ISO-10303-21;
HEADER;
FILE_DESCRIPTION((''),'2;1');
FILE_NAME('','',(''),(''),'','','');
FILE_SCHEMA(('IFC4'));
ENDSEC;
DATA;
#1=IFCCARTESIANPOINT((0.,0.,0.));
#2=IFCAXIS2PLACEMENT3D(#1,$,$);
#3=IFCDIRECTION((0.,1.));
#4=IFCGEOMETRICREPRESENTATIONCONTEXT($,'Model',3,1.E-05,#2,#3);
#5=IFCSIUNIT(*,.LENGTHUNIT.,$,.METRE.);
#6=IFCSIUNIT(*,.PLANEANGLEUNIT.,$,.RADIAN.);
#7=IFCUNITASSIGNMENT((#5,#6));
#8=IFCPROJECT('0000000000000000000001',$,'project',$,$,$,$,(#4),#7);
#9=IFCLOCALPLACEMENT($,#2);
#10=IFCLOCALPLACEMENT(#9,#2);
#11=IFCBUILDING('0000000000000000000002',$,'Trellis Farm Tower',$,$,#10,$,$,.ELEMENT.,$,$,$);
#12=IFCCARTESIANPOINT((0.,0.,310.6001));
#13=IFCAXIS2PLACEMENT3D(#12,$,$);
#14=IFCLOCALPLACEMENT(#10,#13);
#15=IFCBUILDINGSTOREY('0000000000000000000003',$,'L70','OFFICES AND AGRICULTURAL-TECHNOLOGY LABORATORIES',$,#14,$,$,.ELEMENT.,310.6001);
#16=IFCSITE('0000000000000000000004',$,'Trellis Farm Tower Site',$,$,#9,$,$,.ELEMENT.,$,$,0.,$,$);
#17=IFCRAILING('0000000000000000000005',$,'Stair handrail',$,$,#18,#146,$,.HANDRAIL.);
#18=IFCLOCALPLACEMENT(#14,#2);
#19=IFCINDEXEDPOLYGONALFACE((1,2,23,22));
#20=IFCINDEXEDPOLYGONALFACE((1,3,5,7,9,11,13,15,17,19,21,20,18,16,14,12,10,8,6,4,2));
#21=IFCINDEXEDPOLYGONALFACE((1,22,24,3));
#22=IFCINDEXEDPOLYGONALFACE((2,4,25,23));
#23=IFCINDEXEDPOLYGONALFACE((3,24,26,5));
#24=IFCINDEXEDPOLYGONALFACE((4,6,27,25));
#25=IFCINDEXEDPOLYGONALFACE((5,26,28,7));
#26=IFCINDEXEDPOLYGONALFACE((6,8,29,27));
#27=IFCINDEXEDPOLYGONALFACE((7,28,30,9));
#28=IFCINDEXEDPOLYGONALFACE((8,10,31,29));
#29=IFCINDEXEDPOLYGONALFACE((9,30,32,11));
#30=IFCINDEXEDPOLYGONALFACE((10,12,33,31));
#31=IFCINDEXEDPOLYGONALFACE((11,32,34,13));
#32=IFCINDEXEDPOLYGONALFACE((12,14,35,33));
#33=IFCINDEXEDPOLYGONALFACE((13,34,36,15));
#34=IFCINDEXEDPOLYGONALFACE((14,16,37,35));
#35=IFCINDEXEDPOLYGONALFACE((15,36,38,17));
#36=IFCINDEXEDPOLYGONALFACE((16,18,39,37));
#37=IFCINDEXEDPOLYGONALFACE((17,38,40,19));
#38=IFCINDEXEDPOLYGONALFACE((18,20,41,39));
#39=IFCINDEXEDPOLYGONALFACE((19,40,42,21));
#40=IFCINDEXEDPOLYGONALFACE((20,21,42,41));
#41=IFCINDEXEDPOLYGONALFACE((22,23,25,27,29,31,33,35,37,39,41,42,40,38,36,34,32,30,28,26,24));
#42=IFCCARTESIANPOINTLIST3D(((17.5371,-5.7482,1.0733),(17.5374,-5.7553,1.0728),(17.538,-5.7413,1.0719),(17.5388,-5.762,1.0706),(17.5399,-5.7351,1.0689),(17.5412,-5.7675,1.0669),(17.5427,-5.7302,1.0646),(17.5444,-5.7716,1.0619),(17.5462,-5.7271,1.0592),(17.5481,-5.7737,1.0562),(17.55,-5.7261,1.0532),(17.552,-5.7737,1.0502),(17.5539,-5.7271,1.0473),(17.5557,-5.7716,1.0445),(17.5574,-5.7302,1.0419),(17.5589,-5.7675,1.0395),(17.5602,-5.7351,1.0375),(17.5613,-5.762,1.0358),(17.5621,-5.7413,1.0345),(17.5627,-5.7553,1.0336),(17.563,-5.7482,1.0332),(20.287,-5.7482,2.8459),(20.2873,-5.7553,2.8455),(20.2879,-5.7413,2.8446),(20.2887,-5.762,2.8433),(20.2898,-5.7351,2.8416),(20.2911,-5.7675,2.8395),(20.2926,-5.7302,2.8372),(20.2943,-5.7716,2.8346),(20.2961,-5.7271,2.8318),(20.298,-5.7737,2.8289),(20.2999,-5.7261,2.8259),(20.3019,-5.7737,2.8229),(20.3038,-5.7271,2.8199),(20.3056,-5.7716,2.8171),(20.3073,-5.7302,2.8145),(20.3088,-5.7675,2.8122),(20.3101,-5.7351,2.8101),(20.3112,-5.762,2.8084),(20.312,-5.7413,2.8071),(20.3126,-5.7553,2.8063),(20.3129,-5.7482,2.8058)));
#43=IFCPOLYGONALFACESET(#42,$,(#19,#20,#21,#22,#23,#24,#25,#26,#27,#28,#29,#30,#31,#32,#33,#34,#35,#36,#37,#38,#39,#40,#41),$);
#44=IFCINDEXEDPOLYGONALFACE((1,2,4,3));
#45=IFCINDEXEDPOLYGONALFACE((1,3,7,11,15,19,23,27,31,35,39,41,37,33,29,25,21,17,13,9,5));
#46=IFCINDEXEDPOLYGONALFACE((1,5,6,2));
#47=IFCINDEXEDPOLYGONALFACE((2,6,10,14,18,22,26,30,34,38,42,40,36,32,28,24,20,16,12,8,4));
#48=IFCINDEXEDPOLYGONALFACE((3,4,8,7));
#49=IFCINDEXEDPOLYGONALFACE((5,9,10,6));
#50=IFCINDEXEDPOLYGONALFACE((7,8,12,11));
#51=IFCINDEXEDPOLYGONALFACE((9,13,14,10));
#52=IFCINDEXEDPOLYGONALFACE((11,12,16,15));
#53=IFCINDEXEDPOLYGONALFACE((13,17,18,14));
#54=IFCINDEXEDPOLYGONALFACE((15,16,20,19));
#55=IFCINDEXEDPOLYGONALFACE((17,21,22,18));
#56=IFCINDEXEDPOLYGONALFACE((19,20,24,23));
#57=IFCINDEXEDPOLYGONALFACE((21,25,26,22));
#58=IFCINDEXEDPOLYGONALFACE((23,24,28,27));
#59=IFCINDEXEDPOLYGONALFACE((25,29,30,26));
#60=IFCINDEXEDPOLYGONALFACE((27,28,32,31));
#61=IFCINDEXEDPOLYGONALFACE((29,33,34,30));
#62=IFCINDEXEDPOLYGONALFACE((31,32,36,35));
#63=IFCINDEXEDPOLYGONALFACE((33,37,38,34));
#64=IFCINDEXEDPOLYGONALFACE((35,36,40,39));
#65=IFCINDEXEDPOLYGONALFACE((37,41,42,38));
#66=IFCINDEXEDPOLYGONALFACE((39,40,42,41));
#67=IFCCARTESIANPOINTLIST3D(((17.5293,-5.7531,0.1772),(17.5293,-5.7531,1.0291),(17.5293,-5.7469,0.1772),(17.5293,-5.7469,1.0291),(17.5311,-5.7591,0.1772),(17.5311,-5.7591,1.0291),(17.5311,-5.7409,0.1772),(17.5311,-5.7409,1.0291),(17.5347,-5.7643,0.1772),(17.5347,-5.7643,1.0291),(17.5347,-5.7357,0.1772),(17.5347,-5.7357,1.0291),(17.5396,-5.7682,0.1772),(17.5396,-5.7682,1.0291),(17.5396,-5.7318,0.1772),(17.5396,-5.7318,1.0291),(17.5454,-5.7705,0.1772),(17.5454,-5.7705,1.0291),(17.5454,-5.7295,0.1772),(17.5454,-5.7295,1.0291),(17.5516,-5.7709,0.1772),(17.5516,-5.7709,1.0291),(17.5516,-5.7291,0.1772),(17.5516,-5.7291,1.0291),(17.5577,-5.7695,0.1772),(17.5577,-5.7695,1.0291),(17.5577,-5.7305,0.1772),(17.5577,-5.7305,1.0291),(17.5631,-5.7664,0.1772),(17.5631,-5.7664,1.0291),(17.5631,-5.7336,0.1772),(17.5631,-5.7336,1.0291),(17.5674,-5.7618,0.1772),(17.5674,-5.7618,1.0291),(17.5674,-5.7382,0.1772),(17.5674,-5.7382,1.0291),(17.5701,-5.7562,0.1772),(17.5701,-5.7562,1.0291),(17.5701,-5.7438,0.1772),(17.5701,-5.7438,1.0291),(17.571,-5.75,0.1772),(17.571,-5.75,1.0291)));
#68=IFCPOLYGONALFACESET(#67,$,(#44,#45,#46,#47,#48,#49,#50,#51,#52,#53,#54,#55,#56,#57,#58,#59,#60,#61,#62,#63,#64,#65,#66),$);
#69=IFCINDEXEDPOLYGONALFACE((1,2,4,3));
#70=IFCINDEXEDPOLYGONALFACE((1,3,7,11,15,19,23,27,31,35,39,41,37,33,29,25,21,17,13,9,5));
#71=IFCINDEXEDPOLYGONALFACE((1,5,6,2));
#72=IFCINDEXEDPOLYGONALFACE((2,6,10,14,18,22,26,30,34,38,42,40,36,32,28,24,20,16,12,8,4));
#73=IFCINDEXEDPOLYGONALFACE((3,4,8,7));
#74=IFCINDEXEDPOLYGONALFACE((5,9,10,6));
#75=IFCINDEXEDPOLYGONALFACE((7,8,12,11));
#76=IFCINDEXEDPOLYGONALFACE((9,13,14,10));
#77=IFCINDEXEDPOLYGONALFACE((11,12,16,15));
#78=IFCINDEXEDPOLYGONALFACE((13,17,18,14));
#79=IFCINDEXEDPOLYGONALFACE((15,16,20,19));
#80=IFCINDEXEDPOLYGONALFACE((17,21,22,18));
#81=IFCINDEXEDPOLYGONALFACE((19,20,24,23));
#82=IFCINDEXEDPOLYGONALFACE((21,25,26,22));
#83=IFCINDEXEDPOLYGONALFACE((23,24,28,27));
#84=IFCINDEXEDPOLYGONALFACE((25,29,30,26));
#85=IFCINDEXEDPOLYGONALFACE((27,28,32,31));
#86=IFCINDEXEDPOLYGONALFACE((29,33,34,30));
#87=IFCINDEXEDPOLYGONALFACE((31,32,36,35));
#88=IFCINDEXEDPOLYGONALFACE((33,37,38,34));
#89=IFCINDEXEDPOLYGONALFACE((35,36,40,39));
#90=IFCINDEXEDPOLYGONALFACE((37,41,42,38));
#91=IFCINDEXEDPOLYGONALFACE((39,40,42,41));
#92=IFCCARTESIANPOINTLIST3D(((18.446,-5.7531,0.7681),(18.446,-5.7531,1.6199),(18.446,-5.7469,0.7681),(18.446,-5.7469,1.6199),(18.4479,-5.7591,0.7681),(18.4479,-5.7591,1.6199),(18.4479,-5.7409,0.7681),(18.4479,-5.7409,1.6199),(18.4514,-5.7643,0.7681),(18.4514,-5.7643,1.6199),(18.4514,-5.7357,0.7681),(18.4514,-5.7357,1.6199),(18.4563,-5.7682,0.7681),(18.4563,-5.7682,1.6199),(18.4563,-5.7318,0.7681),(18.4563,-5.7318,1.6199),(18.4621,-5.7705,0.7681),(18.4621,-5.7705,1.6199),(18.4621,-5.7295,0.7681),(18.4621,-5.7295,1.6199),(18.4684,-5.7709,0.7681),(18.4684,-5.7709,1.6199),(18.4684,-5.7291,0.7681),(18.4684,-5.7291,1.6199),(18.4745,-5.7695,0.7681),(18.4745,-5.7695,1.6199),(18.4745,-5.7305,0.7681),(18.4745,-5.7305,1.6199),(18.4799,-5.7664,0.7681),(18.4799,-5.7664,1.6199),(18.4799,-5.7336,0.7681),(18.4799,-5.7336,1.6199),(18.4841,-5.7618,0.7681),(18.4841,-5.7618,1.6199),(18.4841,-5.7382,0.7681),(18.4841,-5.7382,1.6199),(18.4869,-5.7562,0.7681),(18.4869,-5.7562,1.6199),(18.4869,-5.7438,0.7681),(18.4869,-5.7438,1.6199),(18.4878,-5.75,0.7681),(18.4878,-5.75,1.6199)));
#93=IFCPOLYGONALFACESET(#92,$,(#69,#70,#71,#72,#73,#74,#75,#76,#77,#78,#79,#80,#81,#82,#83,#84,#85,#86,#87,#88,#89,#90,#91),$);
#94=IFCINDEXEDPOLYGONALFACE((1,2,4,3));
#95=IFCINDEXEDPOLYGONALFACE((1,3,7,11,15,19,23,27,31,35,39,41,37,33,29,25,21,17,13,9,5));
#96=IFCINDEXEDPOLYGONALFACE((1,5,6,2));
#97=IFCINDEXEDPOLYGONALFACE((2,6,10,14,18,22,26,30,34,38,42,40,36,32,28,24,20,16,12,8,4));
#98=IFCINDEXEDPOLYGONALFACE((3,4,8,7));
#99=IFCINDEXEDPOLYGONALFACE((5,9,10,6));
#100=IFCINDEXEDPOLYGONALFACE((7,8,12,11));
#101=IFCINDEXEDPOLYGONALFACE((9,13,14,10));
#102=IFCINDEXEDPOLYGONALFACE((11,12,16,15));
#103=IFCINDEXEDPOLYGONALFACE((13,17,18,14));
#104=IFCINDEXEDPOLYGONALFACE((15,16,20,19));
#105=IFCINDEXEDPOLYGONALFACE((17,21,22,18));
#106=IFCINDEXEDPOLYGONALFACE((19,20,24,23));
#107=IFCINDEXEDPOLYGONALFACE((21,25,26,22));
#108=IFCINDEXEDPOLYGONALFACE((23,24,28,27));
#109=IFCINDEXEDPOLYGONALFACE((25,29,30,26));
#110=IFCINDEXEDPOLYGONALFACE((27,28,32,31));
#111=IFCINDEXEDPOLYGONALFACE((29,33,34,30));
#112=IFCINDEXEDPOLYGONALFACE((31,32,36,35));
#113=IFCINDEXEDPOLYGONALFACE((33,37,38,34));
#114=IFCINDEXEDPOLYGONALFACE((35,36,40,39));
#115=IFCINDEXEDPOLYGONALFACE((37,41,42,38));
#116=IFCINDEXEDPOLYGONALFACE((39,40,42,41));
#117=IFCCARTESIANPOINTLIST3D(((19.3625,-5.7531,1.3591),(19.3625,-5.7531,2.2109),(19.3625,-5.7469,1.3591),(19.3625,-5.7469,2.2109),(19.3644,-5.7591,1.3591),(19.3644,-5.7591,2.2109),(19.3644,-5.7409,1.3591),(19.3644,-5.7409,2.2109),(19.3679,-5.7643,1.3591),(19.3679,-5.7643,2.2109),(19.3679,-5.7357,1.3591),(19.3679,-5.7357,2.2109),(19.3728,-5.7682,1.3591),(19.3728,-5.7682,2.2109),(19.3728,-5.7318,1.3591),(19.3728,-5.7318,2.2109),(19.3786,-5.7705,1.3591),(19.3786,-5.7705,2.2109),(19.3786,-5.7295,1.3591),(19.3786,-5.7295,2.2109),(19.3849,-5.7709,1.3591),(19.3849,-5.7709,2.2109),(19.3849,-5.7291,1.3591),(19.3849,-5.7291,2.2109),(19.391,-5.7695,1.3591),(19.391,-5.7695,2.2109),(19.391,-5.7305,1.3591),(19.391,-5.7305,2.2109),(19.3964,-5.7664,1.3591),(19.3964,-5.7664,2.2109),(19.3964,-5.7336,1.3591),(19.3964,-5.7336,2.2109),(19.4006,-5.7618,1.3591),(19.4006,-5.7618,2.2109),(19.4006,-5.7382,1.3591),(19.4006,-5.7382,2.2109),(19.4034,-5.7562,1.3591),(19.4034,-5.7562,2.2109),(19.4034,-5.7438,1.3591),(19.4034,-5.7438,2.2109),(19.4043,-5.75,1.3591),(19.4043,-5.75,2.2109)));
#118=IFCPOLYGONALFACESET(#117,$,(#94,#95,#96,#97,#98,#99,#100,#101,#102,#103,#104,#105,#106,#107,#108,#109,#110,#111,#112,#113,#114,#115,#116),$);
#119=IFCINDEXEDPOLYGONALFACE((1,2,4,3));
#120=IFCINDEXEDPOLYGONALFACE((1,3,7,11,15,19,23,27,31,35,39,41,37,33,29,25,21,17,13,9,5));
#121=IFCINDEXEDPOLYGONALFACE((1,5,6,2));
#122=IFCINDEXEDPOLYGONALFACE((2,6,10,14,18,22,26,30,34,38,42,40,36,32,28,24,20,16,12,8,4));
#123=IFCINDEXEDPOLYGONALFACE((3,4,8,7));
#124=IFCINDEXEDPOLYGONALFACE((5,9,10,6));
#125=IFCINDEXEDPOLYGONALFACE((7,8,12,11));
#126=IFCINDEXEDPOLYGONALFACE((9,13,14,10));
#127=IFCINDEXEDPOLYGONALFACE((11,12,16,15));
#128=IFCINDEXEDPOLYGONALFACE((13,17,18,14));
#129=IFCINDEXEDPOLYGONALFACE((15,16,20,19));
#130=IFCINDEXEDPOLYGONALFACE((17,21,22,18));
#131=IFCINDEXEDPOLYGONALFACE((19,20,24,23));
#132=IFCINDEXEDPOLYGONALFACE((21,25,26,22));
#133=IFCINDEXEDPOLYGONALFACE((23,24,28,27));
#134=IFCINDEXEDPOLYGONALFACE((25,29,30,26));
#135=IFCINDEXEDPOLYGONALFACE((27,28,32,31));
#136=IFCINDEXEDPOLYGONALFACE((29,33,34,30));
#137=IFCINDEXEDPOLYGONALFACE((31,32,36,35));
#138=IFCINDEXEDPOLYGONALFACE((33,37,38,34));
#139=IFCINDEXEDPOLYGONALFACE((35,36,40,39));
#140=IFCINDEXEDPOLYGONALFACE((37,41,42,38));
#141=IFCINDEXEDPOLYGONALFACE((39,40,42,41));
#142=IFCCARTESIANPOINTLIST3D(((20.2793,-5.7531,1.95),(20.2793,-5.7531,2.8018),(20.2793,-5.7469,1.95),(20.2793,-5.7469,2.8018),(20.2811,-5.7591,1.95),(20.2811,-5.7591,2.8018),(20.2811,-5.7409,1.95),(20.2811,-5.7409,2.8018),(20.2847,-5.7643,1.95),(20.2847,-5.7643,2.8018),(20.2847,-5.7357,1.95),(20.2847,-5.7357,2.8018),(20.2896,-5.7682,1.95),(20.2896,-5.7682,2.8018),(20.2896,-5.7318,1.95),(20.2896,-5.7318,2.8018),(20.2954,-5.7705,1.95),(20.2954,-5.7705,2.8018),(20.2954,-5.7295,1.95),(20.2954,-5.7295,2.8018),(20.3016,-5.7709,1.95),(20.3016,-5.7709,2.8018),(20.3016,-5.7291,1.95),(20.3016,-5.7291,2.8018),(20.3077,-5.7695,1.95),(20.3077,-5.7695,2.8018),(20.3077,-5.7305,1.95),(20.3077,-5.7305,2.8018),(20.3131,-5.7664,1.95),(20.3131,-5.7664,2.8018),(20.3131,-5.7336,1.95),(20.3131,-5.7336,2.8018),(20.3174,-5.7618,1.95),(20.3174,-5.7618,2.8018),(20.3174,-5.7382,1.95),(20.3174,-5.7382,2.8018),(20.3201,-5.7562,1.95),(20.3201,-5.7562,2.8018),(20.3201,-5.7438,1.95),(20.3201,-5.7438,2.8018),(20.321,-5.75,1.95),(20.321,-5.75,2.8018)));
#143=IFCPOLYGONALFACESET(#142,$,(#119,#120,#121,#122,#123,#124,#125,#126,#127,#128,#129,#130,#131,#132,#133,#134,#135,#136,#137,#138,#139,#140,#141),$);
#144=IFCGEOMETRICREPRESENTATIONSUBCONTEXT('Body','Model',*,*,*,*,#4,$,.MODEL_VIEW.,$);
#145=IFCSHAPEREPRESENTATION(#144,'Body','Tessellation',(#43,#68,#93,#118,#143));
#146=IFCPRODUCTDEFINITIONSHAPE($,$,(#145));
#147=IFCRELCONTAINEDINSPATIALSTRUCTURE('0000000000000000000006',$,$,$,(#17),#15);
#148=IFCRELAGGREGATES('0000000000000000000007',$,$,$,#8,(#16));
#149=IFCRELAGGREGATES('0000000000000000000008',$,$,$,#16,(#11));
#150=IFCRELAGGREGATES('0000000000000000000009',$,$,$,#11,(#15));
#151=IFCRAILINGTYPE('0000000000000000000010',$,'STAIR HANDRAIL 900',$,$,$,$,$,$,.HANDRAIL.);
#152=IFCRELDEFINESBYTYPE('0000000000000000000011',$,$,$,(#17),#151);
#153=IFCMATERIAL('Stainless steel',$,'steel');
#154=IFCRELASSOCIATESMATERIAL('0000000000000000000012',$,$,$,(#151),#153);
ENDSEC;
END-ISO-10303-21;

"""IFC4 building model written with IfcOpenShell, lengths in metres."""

from ifc_helpers import new_model, si_unit, direction, frame, origin, origin_2d, place, context, subcontext, project, spatial, circle, extrude, source, transform, mapped, material, type_object, element, save


model = new_model("IFC4")

# Units and contexts
model_context = context("Model", 3, precision=1e-05, world=origin(), true_north=direction((0.0, 1.0)))
body_context = subcontext(model_context, "Body", "Model", "MODEL_VIEW")
ifc_project = project(units=[si_unit("LENGTHUNIT", "METRE"), si_unit("PLANEANGLEUNIT", "RADIAN")], contexts=[model_context])

# Site, building, storey
site_placement = place(None, origin())
site = spatial("IfcSite", under=ifc_project, at=site_placement, Name="Trellis Farm Tower Site", CompositionType="ELEMENT", RefElevation=0.0)
building_placement = place(site_placement, origin())
building = spatial("IfcBuilding", under=site, at=building_placement, Name="Trellis Farm Tower", CompositionType="ELEMENT")
storey_placement = place(building_placement, frame((0.0, 0.0, 310.6001)))
storey = spatial("IfcBuildingStorey", under=building, at=storey_placement, Name="L70", Description="OFFICES AND AGRICULTURAL-TECHNOLOGY LABORATORIES", CompositionType="ELEMENT", Elevation=310.6001)

# Railing
ifc_material_1 = material(Name="Stainless steel", Category="steel")
railing_type = type_object("IfcRailingType", Name="STAIR HANDRAIL 900", PredefinedType="HANDRAIL", material=ifc_material_1)
shared_shape_1 = source(origin(), body_context, "Body", "SweptSolid", [
    extrude(circle(Radius=0.0239, at=origin_2d()), frame((0.0, 0.0, 0.876), z_axis=(0.840504, 0.0, 0.541806), x_axis=(0.0, 1.0, 0.0)), (0.0, 0.0, 1.0), 3.2717),
    extrude(circle(Radius=0.021, at=origin_2d()), origin(), (0.0, 0.0, 1.0), 0.8518),
    extrude(circle(Radius=0.021, at=origin_2d()), frame((0.9167, 0.0, 0.5908)), (0.0, 0.0, 1.0), 0.8518),
    extrude(circle(Radius=0.021, at=origin_2d()), frame((1.8333, 0.0, 1.1819)), (0.0, 0.0, 1.0), 0.8518),
    extrude(circle(Radius=0.021, at=origin_2d()), frame((2.75, 0.0, 1.7727)), (0.0, 0.0, 1.0), 0.8518),
])
for number, where, name in (
    (1, (17.55, -5.75, 0.1772), "Stair handrail"),
):
    element("IfcRailing", number, at=place(storey_placement, frame(where)), inside=storey, type_object=railing_type, Name=name, PredefinedType="HANDRAIL", context=body_context, shape_type="MappedRepresentation", body=[
        mapped(shared_shape_1, transform((0.0, 0.0, 0.0))),
    ])

save(model, "model.ifc")
